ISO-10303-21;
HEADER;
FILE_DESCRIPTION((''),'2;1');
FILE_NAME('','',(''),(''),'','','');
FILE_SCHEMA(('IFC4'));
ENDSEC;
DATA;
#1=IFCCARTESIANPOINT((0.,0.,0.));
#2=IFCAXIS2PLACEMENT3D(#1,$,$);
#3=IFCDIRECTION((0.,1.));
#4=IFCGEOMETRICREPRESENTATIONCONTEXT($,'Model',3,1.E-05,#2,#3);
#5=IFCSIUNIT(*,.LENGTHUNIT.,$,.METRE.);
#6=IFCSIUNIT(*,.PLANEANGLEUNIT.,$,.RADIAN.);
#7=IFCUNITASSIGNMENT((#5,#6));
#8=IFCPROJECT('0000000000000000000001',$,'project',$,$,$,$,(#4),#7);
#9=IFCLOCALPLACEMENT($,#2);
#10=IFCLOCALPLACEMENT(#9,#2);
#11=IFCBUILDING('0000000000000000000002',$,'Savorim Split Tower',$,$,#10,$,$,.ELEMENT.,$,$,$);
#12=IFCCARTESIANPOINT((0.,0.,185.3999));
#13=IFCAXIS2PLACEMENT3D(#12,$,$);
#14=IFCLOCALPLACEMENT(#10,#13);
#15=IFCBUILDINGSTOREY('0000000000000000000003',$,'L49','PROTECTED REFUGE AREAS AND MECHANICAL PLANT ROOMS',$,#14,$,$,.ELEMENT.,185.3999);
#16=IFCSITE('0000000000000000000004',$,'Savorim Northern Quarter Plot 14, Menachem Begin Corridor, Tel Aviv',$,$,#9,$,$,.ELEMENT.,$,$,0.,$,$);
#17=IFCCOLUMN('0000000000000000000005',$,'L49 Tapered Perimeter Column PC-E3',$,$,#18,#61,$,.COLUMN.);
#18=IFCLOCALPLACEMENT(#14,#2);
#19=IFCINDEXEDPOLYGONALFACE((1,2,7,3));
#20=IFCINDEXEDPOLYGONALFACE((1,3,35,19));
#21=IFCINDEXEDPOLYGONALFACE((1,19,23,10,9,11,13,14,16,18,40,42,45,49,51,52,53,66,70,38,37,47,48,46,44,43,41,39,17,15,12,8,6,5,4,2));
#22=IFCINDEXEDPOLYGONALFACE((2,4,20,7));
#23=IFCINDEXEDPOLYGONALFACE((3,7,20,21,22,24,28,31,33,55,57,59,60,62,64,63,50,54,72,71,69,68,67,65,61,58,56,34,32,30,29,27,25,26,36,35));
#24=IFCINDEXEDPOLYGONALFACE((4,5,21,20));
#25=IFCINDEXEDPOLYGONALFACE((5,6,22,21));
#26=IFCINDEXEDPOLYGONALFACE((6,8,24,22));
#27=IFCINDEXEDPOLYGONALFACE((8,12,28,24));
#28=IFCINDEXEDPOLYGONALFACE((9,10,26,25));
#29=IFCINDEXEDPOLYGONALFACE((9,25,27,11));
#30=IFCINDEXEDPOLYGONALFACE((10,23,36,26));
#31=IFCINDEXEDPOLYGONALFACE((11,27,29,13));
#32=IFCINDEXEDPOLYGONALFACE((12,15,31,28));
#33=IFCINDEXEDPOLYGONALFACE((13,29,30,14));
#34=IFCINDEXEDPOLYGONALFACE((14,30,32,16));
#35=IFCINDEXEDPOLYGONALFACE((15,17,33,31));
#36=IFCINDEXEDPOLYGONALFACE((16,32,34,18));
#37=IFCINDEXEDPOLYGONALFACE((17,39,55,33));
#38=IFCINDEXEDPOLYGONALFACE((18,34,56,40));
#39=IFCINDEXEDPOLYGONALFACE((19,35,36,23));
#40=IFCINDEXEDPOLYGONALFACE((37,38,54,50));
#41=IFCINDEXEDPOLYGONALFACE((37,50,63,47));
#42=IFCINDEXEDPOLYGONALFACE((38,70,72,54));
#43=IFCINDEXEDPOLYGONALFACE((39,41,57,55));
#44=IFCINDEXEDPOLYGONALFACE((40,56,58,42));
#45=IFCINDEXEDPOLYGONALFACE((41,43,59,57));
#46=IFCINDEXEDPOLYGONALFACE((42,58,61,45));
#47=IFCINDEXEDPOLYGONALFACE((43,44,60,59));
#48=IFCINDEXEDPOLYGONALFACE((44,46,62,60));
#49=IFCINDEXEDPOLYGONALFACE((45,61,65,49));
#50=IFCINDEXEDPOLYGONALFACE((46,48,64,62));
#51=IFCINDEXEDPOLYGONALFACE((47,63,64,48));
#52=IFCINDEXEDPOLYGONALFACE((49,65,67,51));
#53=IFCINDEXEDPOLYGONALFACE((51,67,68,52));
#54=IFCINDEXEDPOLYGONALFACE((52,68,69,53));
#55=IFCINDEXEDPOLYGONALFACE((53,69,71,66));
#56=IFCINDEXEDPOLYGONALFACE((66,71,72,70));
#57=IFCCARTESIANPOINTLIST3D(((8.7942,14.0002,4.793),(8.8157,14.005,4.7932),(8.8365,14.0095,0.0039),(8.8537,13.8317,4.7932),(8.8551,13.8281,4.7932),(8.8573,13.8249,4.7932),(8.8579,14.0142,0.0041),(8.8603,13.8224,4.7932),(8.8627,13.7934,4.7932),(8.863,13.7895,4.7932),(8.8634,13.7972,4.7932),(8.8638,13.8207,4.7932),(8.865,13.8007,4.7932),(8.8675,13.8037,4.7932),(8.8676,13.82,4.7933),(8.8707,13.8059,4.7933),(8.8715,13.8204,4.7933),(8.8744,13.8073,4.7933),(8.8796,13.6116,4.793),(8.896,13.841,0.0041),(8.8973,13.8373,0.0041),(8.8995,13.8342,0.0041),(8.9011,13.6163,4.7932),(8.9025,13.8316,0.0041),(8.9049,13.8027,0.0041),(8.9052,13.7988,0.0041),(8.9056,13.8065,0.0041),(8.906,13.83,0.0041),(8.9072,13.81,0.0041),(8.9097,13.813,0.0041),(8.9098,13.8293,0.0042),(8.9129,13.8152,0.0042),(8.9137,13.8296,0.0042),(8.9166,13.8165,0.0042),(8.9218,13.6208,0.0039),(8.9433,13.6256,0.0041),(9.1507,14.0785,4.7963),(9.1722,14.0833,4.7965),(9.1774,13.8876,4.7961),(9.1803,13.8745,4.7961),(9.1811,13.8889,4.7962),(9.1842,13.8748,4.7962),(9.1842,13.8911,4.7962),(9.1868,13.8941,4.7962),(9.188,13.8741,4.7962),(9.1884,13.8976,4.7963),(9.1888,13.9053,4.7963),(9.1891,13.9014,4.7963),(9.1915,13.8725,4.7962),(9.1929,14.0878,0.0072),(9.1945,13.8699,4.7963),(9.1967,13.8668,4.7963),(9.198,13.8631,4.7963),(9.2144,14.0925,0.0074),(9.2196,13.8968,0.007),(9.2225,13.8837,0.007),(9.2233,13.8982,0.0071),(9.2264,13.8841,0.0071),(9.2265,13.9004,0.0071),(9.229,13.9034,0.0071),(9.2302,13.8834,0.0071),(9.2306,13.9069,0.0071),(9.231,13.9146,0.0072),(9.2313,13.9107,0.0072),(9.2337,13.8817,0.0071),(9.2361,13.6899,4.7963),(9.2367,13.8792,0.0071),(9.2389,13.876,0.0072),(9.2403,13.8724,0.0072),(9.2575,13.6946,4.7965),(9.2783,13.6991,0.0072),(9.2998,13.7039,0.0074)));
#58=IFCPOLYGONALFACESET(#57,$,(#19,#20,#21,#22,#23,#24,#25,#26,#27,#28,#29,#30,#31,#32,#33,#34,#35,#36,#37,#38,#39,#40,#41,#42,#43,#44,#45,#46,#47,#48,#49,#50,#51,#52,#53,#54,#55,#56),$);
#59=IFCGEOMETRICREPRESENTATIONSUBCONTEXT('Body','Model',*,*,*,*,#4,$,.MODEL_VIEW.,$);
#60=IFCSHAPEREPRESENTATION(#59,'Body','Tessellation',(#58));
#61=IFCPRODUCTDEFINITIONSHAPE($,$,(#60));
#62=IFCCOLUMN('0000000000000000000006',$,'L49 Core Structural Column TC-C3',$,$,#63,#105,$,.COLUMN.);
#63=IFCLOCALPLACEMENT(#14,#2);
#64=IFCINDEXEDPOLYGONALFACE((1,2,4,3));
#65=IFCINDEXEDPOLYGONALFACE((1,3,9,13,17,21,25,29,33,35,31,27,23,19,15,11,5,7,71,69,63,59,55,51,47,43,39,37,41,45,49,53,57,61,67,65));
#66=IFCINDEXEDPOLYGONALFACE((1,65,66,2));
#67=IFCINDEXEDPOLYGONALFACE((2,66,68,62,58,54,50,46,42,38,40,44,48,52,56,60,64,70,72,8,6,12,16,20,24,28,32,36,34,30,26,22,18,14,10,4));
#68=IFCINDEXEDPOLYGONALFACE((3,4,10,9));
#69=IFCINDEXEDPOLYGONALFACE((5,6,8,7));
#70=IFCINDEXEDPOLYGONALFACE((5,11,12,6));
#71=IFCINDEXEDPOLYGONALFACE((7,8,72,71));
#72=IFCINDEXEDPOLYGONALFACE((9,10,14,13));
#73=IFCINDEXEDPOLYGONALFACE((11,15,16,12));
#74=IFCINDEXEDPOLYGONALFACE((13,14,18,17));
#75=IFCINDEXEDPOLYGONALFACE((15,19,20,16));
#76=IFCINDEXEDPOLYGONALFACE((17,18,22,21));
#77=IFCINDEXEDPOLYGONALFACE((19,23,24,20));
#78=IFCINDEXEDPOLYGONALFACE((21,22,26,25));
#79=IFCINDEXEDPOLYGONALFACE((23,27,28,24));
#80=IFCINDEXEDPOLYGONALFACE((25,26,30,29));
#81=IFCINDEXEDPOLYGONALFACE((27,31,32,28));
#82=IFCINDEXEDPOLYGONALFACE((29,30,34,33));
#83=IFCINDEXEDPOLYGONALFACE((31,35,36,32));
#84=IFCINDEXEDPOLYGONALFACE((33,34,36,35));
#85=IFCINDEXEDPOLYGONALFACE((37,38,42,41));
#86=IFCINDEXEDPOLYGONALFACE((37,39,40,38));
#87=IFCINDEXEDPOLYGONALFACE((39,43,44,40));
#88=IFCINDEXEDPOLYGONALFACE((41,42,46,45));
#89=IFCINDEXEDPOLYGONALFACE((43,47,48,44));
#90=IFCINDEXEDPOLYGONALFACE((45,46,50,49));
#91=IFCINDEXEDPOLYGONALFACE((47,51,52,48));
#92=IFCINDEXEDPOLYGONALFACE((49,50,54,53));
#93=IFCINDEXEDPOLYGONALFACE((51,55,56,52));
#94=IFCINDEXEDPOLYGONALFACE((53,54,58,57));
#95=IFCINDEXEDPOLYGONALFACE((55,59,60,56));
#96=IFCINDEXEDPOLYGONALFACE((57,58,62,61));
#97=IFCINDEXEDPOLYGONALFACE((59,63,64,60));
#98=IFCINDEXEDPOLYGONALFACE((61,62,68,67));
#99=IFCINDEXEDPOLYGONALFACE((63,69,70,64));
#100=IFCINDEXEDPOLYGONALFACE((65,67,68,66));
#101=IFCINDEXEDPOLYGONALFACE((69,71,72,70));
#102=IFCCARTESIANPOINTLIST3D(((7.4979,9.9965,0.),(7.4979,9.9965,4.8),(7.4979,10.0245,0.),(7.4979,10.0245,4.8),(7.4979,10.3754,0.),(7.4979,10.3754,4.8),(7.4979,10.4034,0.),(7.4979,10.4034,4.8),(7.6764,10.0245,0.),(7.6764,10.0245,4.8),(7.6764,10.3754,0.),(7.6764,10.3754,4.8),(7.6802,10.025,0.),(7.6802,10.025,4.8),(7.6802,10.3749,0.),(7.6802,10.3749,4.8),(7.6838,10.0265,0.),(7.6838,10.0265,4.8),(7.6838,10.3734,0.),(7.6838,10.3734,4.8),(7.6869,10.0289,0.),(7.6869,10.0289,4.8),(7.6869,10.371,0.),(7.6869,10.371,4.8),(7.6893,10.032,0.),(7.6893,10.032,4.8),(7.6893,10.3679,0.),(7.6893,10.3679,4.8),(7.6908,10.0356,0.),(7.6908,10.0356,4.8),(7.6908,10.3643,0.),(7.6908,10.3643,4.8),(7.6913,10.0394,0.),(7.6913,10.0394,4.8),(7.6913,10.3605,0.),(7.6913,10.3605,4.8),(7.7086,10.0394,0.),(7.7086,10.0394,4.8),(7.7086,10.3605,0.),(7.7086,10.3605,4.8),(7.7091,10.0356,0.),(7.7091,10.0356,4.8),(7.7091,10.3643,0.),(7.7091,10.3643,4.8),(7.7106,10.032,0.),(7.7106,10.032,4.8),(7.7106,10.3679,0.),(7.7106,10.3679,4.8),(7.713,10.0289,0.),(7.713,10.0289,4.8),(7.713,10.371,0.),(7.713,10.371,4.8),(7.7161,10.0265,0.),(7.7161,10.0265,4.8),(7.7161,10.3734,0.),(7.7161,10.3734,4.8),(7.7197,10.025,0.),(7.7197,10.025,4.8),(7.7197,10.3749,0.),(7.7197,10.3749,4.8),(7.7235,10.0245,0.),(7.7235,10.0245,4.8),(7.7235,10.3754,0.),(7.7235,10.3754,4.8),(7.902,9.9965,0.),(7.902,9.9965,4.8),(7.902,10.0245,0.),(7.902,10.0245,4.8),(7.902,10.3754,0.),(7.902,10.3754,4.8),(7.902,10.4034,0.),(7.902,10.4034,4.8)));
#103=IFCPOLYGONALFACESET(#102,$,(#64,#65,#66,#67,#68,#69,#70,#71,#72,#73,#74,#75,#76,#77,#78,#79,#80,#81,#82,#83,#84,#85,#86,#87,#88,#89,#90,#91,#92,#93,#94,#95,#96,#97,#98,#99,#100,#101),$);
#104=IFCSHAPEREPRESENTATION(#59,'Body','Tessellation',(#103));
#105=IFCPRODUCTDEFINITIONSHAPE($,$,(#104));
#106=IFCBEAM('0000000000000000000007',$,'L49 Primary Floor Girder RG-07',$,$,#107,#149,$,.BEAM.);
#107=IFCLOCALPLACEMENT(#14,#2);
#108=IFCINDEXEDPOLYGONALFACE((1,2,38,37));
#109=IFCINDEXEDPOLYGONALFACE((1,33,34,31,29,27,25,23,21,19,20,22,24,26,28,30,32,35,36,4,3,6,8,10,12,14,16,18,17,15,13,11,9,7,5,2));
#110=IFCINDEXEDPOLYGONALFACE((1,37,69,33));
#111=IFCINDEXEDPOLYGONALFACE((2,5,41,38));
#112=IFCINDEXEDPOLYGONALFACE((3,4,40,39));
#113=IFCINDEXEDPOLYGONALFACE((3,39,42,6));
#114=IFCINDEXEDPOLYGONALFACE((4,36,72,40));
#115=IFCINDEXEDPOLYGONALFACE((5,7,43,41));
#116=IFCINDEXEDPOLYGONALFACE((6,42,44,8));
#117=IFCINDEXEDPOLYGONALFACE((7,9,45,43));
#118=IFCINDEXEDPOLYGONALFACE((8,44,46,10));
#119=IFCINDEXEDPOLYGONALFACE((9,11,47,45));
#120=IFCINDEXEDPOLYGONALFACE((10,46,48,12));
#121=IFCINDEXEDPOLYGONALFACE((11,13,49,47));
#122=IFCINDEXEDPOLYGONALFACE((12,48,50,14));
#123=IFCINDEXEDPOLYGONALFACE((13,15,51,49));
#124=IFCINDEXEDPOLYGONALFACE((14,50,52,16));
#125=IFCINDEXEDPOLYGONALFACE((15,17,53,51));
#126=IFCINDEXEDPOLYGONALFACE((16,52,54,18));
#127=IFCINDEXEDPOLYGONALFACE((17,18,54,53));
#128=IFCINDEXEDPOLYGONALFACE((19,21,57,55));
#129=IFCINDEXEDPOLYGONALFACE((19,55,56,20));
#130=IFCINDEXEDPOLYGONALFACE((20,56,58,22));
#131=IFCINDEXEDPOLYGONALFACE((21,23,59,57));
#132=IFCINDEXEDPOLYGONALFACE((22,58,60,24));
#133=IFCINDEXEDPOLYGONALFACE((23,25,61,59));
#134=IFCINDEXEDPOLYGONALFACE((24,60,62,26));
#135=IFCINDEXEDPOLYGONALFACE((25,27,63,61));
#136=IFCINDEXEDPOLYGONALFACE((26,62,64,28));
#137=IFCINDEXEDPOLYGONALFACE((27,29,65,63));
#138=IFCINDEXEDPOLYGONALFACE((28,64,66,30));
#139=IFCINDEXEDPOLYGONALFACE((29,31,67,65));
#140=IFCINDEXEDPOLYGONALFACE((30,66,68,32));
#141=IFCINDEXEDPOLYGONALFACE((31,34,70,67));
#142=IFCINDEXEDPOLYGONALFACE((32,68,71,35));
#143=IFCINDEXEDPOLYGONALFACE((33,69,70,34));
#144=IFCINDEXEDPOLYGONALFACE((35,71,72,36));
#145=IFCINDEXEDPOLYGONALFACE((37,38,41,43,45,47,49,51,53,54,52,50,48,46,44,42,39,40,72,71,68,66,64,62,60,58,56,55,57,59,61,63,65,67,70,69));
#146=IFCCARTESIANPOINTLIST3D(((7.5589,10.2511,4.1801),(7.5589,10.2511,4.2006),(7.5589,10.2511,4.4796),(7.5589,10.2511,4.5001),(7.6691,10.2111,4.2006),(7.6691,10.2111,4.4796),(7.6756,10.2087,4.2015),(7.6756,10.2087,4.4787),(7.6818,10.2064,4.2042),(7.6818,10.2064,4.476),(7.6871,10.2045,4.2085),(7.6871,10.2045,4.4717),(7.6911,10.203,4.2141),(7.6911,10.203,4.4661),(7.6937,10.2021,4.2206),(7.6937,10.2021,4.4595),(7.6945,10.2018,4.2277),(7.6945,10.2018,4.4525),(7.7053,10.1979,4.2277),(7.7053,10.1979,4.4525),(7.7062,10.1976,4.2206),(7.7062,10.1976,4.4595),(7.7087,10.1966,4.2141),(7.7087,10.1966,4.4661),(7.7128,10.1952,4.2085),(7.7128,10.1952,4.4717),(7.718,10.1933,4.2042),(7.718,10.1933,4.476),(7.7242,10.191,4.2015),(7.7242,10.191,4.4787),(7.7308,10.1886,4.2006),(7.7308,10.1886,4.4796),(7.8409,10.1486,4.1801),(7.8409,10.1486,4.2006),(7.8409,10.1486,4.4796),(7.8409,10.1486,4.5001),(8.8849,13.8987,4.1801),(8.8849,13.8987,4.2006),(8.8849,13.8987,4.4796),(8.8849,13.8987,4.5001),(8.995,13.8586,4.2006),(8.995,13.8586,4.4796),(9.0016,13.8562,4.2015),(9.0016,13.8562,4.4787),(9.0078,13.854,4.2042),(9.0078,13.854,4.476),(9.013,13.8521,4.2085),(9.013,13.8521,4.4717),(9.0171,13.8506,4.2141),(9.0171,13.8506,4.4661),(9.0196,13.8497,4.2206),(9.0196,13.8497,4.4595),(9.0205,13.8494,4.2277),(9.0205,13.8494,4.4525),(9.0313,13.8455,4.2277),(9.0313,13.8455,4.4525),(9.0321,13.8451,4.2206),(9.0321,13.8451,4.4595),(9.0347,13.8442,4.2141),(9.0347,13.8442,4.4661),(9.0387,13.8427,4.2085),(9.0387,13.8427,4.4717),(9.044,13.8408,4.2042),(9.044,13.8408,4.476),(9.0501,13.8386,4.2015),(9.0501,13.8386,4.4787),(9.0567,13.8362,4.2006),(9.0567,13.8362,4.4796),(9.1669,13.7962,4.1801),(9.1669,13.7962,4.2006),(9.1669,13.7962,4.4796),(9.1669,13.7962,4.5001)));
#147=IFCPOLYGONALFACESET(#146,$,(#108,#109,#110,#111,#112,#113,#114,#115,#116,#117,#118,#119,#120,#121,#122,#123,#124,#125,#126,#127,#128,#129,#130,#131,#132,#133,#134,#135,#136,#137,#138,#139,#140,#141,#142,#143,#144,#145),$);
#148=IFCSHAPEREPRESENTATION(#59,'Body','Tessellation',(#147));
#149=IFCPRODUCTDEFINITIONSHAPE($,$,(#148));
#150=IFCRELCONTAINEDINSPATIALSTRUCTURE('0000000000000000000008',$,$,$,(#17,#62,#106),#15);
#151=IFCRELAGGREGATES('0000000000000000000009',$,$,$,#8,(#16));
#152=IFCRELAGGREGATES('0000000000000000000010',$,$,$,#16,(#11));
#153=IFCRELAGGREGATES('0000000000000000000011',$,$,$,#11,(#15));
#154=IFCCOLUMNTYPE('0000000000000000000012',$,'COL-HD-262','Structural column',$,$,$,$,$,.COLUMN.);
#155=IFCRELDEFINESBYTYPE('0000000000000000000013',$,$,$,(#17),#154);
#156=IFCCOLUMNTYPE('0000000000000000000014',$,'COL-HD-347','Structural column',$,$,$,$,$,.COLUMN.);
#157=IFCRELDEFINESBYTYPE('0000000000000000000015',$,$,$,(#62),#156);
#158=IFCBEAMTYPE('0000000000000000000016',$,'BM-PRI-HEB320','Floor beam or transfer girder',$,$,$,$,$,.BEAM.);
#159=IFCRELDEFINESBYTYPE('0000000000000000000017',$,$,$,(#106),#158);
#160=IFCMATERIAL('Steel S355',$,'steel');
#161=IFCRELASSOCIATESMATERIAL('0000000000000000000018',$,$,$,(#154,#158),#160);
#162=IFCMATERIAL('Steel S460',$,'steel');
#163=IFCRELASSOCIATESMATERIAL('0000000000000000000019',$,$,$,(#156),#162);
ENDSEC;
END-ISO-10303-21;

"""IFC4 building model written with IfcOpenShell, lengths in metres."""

from ifc_helpers import new_model, si_unit, direction, frame, origin, origin_2d, place, context, subcontext, project, spatial, i_section, extrude, material, material_profile, profile_set, type_object, element, save


model = new_model("IFC4")

# Units and contexts
model_context = context("Model", 3, precision=1e-05, world=origin(), true_north=direction((0.0, 1.0)))
body_context = subcontext(model_context, "Body", "Model", "MODEL_VIEW")
ifc_project = project(units=[si_unit("LENGTHUNIT", "METRE"), si_unit("PLANEANGLEUNIT", "RADIAN")], contexts=[model_context])

# Site, building, storey
site_placement = place(None, origin())
site = spatial("IfcSite", under=ifc_project, at=site_placement, Name="Savorim Northern Quarter Plot 14, Menachem Begin Corridor, Tel Aviv", CompositionType="ELEMENT", RefElevation=0.0)
building_placement = place(site_placement, origin())
building = spatial("IfcBuilding", under=site, at=building_placement, Name="Savorim Split Tower", CompositionType="ELEMENT")
storey_placement = place(building_placement, frame((0.0, 0.0, 185.3999)))
storey = spatial("IfcBuildingStorey", under=building, at=storey_placement, Name="L49", Description="PROTECTED REFUGE AREAS AND MECHANICAL PLANT ROOMS", CompositionType="ELEMENT", Elevation=185.3999)

# Columns
ifc_material_1 = material(Name="Steel S355", Category="steel")
ifc_material_profile_1 = material_profile(ifc_material_1, i_section(OverallWidth=0.3979, OverallDepth=0.387, WebThickness=0.0134, FlangeThickness=0.022, FilletRadius=0.0149, at=origin_2d()), Name="HD 400x262")
ifc_profile_set_1 = profile_set([ifc_material_profile_1], Name="Steel S355")
column_type_1 = type_object("IfcColumnType", Name="COL-HD-262", Description="Structural column", PredefinedType="COLUMN", material=ifc_profile_set_1)
column_1_placement = place(storey_placement, frame((9.0681, 13.8567, 0.0056), z_axis=(-0.008819, -0.001937, 0.999959), x_axis=(0.214539, -0.976715, 0.0)))
element("IfcColumn", 1, at=column_1_placement, inside=storey, type_object=column_type_1, Name="L49 Tapered Perimeter Column PC-E3", PredefinedType="COLUMN", context=body_context, shape_type="SweptSolid", body=[
    extrude(i_section(OverallWidth=0.3979, OverallDepth=0.387, WebThickness=0.0134, FlangeThickness=0.022, FilletRadius=0.0149, at=origin_2d()), origin(), (0.0, 0.0, 1.0), 4.7893),
])
ifc_material_2 = material(Name="Steel S460", Category="steel")
ifc_material_profile_2 = material_profile(ifc_material_2, i_section(OverallWidth=0.4041, OverallDepth=0.407, WebThickness=0.0173, FlangeThickness=0.0281, FilletRadius=0.0149, at=origin_2d()), Name="HD 400x347")
ifc_profile_set_2 = profile_set([ifc_material_profile_2], Name="Steel S460")
column_type_2 = type_object("IfcColumnType", Name="COL-HD-347", Description="Structural column", PredefinedType="COLUMN", material=ifc_profile_set_2)
column_2_placement = place(storey_placement, frame((7.7, 10.2, 0.0), z_axis=(0.0, 0.0, 1.0), x_axis=(1.0, 0.0, 0.0)))
element("IfcColumn", 2, at=column_2_placement, inside=storey, type_object=column_type_2, Name="L49 Core Structural Column TC-C3", PredefinedType="COLUMN", context=body_context, shape_type="SweptSolid", body=[
    extrude(i_section(OverallWidth=0.4041, OverallDepth=0.407, WebThickness=0.0173, FlangeThickness=0.0281, FilletRadius=0.0149, at=origin_2d()), origin(), (0.0, 0.0, 1.0), 4.8),
])

# Beam
ifc_material_profile_3 = material_profile(ifc_material_1, i_section(OverallWidth=0.3, OverallDepth=0.3201, WebThickness=0.0115, FlangeThickness=0.0205, FilletRadius=0.0271, at=origin_2d()), Name="HEB 320")
ifc_profile_set_3 = profile_set([ifc_material_profile_3], Name="Steel S355")
beam_type_1 = type_object("IfcBeamType", Name="BM-PRI-HEB320", Description="Floor beam or transfer girder", PredefinedType="BEAM", material=ifc_profile_set_3)
beam_1_placement = place(storey_placement, frame((9.0259, 13.8474, 4.3401), z_axis=(-0.341647, -0.939828, 0.0), x_axis=(0.939828, -0.341647, 0.0)))
element("IfcBeam", 3, at=beam_1_placement, inside=storey, type_object=beam_type_1, Name="L49 Primary Floor Girder RG-07", PredefinedType="BEAM", context=body_context, shape_type="SweptSolid", body=[
    extrude(i_section(OverallWidth=0.3, OverallDepth=0.3201, WebThickness=0.0115, FlangeThickness=0.0205, FilletRadius=0.0271, at=origin_2d()), origin(), (0.0, 0.0, 1.0), 3.8811),
])

save(model, "model.ifc")
